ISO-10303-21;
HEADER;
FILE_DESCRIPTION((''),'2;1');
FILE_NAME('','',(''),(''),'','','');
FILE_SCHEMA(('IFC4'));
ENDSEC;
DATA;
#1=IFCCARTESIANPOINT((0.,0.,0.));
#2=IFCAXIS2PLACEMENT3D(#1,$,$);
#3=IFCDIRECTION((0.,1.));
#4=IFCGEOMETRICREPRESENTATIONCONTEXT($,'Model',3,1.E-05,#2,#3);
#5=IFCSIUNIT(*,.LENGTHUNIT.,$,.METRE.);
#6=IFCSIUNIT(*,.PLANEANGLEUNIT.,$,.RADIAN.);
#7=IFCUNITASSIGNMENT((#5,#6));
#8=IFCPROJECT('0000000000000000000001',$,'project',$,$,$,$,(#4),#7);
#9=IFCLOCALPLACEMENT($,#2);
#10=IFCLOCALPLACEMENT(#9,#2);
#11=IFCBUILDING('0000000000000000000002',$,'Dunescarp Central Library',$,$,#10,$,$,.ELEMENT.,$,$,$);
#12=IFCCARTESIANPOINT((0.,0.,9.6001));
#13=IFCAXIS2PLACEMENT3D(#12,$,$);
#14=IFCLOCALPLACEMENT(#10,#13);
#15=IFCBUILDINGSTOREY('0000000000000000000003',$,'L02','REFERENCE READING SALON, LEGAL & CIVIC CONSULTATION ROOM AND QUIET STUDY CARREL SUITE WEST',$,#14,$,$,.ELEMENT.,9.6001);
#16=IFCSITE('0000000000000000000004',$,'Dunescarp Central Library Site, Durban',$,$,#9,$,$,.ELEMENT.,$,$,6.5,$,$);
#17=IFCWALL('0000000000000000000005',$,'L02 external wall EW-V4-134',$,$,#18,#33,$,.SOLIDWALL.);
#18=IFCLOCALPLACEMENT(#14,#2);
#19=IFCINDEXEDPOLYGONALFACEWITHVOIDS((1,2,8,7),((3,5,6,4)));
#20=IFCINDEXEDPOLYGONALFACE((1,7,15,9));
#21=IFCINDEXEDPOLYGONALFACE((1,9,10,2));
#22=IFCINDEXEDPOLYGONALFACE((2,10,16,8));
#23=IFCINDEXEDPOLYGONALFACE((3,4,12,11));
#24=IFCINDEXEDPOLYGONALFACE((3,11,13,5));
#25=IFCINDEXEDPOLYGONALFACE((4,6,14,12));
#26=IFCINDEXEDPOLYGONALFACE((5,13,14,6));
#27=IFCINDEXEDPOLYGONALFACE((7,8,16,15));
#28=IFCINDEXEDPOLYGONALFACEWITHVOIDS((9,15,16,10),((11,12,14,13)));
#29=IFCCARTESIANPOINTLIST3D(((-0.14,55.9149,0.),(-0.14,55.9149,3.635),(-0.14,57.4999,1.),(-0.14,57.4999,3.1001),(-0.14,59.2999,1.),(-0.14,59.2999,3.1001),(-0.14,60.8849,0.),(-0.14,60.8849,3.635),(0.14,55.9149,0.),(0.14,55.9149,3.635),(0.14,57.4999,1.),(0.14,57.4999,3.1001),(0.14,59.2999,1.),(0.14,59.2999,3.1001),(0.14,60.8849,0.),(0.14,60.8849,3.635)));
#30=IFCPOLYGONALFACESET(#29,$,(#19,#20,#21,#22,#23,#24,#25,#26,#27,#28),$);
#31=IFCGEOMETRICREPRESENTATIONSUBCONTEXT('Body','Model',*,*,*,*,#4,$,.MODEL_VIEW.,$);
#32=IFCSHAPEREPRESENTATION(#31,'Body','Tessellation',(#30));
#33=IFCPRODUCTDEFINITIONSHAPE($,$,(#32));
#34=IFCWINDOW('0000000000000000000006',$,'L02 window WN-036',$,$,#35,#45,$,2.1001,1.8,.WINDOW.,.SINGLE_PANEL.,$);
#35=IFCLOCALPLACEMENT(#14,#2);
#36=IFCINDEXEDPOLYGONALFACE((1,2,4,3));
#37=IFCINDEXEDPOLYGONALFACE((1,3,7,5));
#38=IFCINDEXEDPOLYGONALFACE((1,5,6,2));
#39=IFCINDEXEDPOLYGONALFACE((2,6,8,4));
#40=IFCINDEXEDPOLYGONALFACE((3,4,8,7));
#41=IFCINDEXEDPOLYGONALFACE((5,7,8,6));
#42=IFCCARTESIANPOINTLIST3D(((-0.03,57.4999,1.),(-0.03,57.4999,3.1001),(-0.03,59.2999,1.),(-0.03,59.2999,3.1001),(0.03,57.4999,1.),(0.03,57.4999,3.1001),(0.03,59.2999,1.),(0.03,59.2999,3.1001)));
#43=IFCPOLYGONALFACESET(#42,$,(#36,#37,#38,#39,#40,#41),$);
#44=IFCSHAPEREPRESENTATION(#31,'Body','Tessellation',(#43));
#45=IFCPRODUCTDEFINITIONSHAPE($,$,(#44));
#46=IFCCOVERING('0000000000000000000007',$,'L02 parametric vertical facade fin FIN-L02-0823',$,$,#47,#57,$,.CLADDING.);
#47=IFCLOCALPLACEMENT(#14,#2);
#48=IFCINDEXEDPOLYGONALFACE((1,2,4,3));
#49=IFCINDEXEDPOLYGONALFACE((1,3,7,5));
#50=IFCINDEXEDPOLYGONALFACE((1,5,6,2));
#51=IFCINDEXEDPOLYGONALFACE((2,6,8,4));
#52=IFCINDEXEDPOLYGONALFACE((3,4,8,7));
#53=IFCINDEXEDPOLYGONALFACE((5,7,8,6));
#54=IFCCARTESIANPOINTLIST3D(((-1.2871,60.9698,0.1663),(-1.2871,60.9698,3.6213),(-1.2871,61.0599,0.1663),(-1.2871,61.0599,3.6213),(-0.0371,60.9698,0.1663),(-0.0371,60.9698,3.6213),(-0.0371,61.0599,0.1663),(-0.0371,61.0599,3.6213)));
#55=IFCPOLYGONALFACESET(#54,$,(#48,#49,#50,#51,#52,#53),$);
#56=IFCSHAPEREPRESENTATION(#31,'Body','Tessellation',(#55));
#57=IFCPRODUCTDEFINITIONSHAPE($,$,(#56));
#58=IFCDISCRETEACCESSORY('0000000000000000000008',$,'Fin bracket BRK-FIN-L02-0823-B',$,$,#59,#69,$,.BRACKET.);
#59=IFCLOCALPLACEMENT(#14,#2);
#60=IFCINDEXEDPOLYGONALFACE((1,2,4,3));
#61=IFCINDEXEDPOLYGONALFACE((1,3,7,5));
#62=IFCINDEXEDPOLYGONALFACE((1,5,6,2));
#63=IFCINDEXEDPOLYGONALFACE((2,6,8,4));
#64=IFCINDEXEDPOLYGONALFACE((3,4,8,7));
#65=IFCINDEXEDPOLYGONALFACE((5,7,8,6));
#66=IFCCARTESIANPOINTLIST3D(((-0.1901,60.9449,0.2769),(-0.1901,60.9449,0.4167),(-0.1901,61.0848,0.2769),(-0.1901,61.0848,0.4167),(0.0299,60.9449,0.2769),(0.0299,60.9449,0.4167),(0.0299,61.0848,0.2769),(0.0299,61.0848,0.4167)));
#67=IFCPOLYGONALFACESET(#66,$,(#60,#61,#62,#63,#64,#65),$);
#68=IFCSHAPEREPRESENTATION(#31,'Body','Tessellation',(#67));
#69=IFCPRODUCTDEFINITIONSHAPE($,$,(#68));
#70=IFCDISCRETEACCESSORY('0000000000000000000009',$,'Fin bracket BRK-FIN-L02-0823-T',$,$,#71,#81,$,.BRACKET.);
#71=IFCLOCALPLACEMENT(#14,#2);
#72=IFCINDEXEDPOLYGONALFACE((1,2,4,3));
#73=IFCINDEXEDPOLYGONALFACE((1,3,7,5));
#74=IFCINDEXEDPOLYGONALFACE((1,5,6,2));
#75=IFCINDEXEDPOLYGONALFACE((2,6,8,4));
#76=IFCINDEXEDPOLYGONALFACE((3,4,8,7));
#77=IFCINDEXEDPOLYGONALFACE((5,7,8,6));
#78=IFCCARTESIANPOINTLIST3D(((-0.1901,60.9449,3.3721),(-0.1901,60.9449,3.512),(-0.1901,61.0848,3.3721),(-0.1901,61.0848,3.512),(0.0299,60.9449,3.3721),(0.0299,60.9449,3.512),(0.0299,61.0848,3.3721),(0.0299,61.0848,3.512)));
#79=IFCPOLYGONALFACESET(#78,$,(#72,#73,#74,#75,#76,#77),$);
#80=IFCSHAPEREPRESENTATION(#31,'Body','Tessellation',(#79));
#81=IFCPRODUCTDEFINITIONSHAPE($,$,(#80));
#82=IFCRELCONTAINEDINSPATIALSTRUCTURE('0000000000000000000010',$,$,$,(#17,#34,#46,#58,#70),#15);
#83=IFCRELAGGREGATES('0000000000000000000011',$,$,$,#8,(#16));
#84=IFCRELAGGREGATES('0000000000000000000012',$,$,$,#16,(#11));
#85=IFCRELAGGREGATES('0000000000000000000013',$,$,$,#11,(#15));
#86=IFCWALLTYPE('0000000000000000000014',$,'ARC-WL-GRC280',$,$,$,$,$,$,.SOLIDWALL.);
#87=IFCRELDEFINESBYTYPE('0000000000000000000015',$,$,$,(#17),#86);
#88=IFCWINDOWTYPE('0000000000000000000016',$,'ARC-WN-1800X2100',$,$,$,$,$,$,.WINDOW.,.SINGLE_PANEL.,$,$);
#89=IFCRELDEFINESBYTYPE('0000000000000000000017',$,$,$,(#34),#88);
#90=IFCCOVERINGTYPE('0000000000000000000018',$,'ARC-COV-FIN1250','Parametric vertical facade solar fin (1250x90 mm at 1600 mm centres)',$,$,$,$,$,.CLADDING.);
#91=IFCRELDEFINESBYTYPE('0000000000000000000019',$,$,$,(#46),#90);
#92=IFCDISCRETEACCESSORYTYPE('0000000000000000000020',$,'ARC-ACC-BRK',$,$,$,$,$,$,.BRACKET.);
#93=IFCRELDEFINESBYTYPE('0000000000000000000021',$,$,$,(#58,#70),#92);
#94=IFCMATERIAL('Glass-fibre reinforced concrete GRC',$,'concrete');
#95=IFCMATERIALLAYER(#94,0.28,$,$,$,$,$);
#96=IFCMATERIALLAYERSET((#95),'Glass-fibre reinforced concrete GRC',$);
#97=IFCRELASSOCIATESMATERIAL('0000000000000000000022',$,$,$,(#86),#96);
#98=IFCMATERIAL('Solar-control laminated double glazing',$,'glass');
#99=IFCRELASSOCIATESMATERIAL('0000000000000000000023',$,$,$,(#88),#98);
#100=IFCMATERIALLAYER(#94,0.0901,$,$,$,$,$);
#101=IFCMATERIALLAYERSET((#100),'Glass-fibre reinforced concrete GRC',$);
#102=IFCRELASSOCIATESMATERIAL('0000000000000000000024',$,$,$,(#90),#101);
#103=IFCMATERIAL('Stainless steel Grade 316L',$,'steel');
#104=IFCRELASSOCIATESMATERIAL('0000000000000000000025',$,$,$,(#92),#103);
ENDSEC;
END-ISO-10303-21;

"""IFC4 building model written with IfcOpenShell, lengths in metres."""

from ifc_helpers import new_model, si_unit, direction, frame, frame_2d, origin, origin_2d, place, context, subcontext, project, spatial, rectangle, extrude, material, layer, layer_set, type_object, element, fill, save


model = new_model("IFC4")

# Units and contexts
model_context = context("Model", 3, precision=1e-05, world=origin(), true_north=direction((0.0, 1.0)))
body_context = subcontext(model_context, "Body", "Model", "MODEL_VIEW")
ifc_project = project(units=[si_unit("LENGTHUNIT", "METRE"), si_unit("PLANEANGLEUNIT", "RADIAN")], contexts=[model_context])

# Site, building, storey
site_placement = place(None, origin())
site = spatial("IfcSite", under=ifc_project, at=site_placement, Name="Dunescarp Central Library Site, Durban", CompositionType="ELEMENT", RefElevation=6.5)
building_placement = place(site_placement, origin())
building = spatial("IfcBuilding", under=site, at=building_placement, Name="Dunescarp Central Library", CompositionType="ELEMENT")
storey_placement = place(building_placement, frame((0.0, 0.0, 9.6001)))
storey = spatial("IfcBuildingStorey", under=building, at=storey_placement, Name="L02", Description="REFERENCE READING SALON, LEGAL & CIVIC CONSULTATION ROOM AND QUIET STUDY CARREL SUITE WEST", CompositionType="ELEMENT", Elevation=9.6001)

# Wall, opening, window
ifc_material_1 = material(Name="Glass-fibre reinforced concrete GRC", Category="concrete")
ifc_layer_1 = layer(ifc_material_1, 0.28)
ifc_layer_set_1 = layer_set([ifc_layer_1], Name="Glass-fibre reinforced concrete GRC")
wall_type_1 = type_object("IfcWallType", Name="ARC-WL-GRC280", PredefinedType="SOLIDWALL", material=ifc_layer_set_1)
wall_placement = place(storey_placement, frame((0.0, 55.915, 0.0), z_axis=(0.0, 0.0, 1.0), x_axis=(0.0, 1.0, 0.0)))
wall = element("IfcWall", 1, at=wall_placement, inside=storey, type_object=wall_type_1, Name="L02 external wall EW-V4-134", PredefinedType="SOLIDWALL", context=body_context, shape_type="SweptSolid", body=[
    extrude(rectangle(XDim=4.97, YDim=0.28, at=frame_2d((2.4849, 0.0))), origin(), (0.0, 0.0, 1.0), 3.635),
])
opening_placement = place(wall_placement, frame((1.585, 0.0, 1.0)))
opening = element("IfcOpeningElement", 2, at=opening_placement, cuts=wall, PredefinedType="OPENING", context=body_context, shape_type="SweptSolid", body=[
    extrude(rectangle(XDim=1.8, YDim=2.1001, at=frame_2d((0.8999, 1.05))), frame((0.0, 0.1499, 0.0), z_axis=(0.0, -1.0, 0.0), x_axis=(1.0, 0.0, 0.0)), (0.0, 0.0, 1.0), 0.3),
])
ifc_material_2 = material(Name="Solar-control laminated double glazing", Category="glass")
window_type = type_object("IfcWindowType", Name="ARC-WN-1800X2100", PartitioningType="SINGLE_PANEL", PredefinedType="WINDOW", material=ifc_material_2)
window_placement = place(opening_placement, origin())
window = element("IfcWindow", 3, at=window_placement, inside=storey, type_object=window_type, Name="L02 window WN-036", OverallHeight=2.1001, OverallWidth=1.8, PartitioningType="SINGLE_PANEL", PredefinedType="WINDOW", context=body_context, shape_type="SweptSolid", body=[
    extrude(rectangle(XDim=1.8, YDim=2.1001, at=frame_2d((0.8999, 1.05))), frame((0.0, 0.03, 0.0), z_axis=(0.0, -1.0, 0.0), x_axis=(1.0, 0.0, 0.0)), (0.0, 0.0, 1.0), 0.0601),
])
fill(opening, window)

# Covering
ifc_layer_2 = layer(ifc_material_1, 0.0901)
ifc_layer_set_2 = layer_set([ifc_layer_2], Name="Glass-fibre reinforced concrete GRC")
covering_type = type_object("IfcCoveringType", Name="ARC-COV-FIN1250", Description="Parametric vertical facade solar fin (1250x90 mm at 1600 mm centres)", PredefinedType="CLADDING", material=ifc_layer_set_2)
covering_placement = place(storey_placement, frame((-0.6621, 61.0149, 0.1663), z_axis=(0.0, 0.0, 1.0), x_axis=(-1.0, 0.0, 0.0)))
element("IfcCovering", 4, at=covering_placement, inside=storey, type_object=covering_type, Name="L02 parametric vertical facade fin FIN-L02-0823", PredefinedType="CLADDING", context=body_context, shape_type="SweptSolid", body=[
    extrude(rectangle(XDim=1.25, YDim=0.0901, at=origin_2d()), origin(), (0.0, 0.0, 1.0), 3.4551),
])

# Discrete accessories
ifc_material_3 = material(Name="Stainless steel Grade 316L", Category="steel")
discrete_accessory_type = type_object("IfcDiscreteAccessoryType", Name="ARC-ACC-BRK", PredefinedType="BRACKET", material=ifc_material_3)
for number, where, z_axis, x_axis, name in (
    (5, (-0.0801, 61.0149, 0.2769), (0.0, 0.0, 1.0), (-1.0, 0.0, 0.0), "Fin bracket BRK-FIN-L02-0823-B"),
    (6, (-0.0801, 61.0149, 3.3721), (0.0, 0.0, 1.0), (-1.0, 0.0, 0.0), "Fin bracket BRK-FIN-L02-0823-T"),
):
    element("IfcDiscreteAccessory", number, at=place(storey_placement, frame(where, z_axis=z_axis, x_axis=x_axis)), inside=storey, type_object=discrete_accessory_type, Name=name, PredefinedType="BRACKET", context=body_context, shape_type="SweptSolid", body=[
        extrude(rectangle(XDim=0.22, YDim=0.1399, at=origin_2d()), origin(), (0.0, 0.0, 1.0), 0.1399),
    ])

save(model, "model.ifc")
